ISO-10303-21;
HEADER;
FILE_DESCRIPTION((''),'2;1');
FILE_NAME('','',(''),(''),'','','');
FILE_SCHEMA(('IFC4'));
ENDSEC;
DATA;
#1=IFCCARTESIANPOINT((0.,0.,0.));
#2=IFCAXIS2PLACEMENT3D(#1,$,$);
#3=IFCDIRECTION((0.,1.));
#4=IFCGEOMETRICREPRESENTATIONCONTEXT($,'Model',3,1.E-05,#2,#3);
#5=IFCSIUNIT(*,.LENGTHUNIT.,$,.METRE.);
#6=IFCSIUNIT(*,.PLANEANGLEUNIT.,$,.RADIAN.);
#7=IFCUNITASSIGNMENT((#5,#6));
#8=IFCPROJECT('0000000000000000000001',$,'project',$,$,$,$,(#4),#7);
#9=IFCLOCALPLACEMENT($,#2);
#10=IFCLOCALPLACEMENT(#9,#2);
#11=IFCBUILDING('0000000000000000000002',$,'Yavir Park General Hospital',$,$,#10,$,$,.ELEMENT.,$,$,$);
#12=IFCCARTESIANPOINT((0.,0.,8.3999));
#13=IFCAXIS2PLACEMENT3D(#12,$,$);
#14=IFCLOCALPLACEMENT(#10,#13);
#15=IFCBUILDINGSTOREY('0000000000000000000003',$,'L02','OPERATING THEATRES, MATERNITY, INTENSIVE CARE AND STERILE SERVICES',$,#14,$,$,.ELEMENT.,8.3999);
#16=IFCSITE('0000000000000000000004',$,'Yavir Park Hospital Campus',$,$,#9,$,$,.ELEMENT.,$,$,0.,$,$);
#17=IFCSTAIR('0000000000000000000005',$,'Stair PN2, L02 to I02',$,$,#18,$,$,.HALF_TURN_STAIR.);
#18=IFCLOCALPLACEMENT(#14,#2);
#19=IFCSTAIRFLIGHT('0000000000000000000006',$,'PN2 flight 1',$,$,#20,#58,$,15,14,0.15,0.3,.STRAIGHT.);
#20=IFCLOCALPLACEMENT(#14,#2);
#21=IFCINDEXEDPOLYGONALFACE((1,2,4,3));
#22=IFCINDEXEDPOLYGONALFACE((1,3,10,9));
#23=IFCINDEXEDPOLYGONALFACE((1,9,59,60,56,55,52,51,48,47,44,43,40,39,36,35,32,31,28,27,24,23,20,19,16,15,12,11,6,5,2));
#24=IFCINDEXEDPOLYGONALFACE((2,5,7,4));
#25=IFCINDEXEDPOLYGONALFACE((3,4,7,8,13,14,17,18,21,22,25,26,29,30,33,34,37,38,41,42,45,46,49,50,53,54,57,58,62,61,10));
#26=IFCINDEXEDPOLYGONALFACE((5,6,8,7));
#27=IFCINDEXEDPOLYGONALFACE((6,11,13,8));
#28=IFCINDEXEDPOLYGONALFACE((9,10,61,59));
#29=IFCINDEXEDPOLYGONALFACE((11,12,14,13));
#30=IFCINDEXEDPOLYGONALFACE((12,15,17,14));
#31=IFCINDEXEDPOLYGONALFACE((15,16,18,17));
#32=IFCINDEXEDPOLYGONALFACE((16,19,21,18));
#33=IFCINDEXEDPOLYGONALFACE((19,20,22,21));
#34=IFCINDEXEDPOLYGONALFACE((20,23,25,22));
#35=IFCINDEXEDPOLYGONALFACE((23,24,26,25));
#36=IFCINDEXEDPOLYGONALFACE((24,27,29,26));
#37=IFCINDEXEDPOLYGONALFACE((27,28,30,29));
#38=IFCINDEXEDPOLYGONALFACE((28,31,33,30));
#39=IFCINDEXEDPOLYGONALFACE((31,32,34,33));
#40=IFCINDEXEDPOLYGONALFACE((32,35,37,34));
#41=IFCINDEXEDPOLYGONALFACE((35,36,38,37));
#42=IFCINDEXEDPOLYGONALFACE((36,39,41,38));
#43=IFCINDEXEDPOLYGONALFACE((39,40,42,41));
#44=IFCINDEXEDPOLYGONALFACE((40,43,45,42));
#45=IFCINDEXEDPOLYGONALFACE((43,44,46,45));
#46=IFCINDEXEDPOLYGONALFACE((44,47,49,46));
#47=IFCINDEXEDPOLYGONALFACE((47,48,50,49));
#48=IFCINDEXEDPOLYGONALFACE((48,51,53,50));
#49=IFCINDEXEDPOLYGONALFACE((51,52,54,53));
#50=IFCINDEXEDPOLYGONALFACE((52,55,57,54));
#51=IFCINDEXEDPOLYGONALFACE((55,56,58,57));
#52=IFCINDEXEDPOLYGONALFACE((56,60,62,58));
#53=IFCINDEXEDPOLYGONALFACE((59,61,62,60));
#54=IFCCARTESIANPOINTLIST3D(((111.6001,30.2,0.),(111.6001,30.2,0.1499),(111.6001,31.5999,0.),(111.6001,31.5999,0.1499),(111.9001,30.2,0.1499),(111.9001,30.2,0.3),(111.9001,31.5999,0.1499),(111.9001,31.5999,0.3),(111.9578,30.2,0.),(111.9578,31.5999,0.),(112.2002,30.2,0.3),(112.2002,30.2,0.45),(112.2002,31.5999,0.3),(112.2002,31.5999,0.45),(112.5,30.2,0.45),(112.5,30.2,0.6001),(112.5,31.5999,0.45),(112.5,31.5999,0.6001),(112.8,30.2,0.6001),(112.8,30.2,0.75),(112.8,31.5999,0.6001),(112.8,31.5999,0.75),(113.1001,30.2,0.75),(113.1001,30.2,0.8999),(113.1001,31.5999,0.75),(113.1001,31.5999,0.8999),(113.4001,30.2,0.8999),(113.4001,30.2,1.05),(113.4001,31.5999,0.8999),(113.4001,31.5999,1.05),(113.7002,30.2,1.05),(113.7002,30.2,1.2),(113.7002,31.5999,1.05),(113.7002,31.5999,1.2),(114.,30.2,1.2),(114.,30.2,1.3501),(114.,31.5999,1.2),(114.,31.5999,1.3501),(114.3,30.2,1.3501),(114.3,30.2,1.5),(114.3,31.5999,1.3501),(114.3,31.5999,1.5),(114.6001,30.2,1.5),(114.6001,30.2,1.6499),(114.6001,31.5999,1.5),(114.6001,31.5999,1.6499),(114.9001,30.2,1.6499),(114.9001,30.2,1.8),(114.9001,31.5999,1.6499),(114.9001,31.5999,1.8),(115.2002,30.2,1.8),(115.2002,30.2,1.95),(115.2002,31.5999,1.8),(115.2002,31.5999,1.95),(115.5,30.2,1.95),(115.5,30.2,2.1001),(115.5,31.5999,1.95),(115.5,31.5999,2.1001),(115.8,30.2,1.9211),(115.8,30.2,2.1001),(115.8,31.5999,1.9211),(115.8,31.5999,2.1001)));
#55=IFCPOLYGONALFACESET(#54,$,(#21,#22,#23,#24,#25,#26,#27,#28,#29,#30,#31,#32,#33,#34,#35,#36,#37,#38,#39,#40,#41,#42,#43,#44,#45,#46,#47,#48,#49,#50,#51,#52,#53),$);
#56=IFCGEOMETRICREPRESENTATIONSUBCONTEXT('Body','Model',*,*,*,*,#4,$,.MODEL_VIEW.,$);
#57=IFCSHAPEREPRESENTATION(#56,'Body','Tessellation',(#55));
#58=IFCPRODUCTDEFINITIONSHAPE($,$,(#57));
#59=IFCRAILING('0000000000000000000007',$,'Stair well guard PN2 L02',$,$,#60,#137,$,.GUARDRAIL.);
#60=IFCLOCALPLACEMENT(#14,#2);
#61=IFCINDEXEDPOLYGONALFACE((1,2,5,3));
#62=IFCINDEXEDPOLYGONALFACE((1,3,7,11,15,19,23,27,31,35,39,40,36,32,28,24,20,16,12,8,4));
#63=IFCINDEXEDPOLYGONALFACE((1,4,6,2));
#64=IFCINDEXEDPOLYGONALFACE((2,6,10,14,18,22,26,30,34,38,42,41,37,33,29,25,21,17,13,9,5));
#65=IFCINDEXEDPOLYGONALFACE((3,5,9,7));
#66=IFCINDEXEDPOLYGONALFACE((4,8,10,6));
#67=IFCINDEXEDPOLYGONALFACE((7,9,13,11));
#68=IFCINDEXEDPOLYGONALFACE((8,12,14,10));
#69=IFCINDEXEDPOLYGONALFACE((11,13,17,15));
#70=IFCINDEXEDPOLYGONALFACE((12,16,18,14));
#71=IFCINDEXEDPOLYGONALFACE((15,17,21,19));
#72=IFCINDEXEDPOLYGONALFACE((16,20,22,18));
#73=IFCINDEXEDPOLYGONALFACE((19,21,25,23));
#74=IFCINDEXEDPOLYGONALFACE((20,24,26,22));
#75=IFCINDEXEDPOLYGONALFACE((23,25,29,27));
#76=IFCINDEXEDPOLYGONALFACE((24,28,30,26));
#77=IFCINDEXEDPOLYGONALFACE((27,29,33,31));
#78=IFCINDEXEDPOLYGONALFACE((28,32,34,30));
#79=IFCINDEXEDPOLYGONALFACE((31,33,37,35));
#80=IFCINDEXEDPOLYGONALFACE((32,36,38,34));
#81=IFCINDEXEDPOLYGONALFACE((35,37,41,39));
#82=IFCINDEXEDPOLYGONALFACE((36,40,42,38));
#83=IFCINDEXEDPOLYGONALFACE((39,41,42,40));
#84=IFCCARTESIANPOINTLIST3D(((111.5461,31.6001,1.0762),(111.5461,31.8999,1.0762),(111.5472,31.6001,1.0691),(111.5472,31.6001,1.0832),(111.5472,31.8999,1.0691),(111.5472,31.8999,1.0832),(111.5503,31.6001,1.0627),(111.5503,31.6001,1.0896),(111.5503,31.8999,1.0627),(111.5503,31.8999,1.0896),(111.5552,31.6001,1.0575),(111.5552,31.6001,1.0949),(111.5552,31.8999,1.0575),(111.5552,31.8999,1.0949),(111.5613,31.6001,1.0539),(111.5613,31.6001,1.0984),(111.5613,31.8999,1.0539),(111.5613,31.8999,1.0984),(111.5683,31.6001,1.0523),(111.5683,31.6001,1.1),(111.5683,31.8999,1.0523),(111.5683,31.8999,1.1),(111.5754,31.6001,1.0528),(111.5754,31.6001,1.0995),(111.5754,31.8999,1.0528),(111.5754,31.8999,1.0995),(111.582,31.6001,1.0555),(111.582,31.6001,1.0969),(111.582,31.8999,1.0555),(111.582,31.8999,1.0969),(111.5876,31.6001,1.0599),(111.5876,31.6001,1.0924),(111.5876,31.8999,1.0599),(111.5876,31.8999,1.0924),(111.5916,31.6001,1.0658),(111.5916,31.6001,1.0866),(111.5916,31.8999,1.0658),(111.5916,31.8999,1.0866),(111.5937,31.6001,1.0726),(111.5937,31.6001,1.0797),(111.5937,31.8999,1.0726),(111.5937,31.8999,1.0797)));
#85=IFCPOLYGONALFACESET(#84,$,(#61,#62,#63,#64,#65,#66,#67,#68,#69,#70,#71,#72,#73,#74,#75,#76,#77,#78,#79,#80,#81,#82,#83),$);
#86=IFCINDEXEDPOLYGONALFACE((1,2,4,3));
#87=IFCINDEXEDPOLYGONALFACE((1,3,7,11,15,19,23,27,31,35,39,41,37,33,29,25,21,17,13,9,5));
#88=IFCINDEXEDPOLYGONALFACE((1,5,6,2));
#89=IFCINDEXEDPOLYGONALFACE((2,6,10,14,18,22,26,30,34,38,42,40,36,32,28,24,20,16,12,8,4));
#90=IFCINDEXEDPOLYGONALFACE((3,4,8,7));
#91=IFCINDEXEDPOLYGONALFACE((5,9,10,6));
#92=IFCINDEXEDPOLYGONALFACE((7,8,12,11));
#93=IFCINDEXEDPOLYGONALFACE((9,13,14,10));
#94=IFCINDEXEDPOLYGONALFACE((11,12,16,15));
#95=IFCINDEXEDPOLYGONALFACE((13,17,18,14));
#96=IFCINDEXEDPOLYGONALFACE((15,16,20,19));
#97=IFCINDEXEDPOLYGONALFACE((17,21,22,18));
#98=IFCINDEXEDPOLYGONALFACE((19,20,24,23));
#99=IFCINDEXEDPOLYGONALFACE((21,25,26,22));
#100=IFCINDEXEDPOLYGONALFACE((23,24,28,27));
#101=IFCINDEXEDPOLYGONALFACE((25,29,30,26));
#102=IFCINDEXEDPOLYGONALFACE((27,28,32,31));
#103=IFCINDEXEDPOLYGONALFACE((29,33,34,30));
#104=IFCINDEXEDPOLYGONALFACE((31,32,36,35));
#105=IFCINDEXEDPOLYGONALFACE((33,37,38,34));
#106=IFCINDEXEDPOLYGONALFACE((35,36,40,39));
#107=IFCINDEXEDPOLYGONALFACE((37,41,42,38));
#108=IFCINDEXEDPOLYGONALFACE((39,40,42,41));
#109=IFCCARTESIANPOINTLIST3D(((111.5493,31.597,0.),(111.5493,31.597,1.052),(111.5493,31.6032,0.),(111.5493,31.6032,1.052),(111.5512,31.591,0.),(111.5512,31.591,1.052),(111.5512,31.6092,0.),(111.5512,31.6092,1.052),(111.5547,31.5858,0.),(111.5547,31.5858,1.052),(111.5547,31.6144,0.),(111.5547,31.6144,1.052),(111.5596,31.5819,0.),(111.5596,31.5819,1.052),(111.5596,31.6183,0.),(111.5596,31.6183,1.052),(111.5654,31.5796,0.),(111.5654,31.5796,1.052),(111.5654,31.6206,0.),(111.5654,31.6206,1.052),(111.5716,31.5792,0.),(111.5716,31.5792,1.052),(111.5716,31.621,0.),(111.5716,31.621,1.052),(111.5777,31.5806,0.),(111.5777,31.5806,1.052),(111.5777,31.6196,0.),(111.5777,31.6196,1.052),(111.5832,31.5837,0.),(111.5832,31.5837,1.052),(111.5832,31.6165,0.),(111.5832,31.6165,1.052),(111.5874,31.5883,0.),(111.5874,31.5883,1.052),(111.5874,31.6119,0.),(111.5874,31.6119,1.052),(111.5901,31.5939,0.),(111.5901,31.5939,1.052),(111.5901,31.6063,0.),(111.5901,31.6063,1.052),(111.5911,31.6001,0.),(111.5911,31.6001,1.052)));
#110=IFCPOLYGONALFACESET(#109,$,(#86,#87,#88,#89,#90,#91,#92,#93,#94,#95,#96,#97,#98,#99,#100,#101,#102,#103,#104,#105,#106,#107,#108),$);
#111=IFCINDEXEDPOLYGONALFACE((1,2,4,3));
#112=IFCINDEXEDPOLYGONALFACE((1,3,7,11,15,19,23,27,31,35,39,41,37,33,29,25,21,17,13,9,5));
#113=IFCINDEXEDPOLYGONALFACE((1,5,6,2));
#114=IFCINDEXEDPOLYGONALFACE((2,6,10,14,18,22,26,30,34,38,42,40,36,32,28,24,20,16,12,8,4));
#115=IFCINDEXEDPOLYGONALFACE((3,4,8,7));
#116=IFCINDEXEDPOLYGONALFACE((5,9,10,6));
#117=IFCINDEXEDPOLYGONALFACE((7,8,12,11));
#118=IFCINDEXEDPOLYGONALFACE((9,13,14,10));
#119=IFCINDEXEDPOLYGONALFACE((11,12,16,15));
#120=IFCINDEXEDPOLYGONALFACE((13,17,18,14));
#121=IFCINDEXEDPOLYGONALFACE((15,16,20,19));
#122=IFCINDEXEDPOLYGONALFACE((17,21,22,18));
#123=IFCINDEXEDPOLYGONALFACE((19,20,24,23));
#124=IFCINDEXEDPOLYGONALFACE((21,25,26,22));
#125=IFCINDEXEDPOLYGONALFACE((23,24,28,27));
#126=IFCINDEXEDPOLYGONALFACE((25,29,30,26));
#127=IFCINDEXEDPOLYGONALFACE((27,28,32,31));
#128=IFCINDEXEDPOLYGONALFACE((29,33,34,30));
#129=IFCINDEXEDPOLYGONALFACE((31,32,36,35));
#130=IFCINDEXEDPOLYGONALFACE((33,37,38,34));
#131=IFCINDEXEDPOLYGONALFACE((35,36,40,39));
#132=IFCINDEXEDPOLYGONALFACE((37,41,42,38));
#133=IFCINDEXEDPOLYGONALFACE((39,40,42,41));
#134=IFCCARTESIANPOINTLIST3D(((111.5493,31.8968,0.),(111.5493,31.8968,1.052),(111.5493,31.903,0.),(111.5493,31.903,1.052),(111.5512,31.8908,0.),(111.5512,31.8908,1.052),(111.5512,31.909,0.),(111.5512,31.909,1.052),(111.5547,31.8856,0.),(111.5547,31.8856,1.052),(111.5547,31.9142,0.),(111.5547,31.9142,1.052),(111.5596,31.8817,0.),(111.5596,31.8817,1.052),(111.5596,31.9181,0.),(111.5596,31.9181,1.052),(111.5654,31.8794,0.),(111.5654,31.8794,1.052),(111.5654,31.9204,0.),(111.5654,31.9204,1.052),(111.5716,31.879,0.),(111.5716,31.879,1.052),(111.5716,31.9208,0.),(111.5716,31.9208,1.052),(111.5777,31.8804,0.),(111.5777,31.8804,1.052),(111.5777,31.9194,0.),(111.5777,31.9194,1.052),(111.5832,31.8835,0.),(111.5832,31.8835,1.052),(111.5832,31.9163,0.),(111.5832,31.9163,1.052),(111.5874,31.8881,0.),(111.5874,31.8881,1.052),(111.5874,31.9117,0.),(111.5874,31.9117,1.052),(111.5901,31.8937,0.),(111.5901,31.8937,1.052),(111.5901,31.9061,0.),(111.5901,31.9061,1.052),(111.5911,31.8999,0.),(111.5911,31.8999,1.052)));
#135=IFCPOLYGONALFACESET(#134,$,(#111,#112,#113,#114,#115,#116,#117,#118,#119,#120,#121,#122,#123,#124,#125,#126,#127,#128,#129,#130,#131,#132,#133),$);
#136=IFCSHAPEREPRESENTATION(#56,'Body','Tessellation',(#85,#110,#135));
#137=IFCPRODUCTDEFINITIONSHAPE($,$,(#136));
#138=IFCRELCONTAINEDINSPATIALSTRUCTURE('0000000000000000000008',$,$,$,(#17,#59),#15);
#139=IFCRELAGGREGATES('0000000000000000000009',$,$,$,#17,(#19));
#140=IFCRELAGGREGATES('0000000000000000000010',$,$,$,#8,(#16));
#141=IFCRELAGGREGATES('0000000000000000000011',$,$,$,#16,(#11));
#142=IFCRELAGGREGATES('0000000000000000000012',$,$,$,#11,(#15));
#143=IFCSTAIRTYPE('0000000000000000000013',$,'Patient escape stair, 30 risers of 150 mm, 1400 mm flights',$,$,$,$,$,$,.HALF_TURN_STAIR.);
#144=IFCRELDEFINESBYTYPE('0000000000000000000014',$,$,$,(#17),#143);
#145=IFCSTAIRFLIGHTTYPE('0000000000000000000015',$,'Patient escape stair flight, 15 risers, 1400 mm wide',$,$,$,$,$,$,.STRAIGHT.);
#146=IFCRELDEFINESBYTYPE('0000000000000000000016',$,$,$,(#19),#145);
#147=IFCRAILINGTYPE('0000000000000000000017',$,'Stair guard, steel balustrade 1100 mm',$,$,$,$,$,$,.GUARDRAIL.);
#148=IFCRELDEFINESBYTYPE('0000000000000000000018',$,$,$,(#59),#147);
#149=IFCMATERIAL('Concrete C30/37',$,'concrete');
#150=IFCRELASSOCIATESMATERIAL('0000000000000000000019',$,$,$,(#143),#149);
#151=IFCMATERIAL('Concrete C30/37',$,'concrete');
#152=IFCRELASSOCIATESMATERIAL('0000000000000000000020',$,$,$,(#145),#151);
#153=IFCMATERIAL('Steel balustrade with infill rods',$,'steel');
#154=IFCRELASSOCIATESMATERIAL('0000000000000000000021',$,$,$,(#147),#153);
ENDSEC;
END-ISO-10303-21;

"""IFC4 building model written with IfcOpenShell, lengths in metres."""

from ifc_helpers import new_model, si_unit, direction, frame, origin, origin_2d, place, context, subcontext, project, spatial, polyline, circle, outline, extrude, material, type_object, element, aggregate, save


model = new_model("IFC4")

# Units and contexts
model_context = context("Model", 3, precision=1e-05, world=origin(), true_north=direction((0.0, 1.0)))
body_context = subcontext(model_context, "Body", "Model", "MODEL_VIEW")
ifc_project = project(units=[si_unit("LENGTHUNIT", "METRE"), si_unit("PLANEANGLEUNIT", "RADIAN")], contexts=[model_context])

# Site, building, storey
site_placement = place(None, origin())
site = spatial("IfcSite", under=ifc_project, at=site_placement, Name="Yavir Park Hospital Campus", CompositionType="ELEMENT", RefElevation=0.0)
building_placement = place(site_placement, origin())
building = spatial("IfcBuilding", under=site, at=building_placement, Name="Yavir Park General Hospital", CompositionType="ELEMENT")
storey_placement = place(building_placement, frame((0.0, 0.0, 8.3999)))
storey = spatial("IfcBuildingStorey", under=building, at=storey_placement, Name="L02", Description="OPERATING THEATRES, MATERNITY, INTENSIVE CARE AND STERILE SERVICES", CompositionType="ELEMENT", Elevation=8.3999)

# Stair, stair flight
ifc_material_1 = material(Name="Concrete C30/37", Category="concrete")
stair_type = type_object("IfcStairType", Name="Patient escape stair, 30 risers of 150 mm, 1400 mm flights", PredefinedType="HALF_TURN_STAIR", material=ifc_material_1)
stair_placement = place(storey_placement, origin())
stair = element("IfcStair", 1, at=stair_placement, inside=storey, type_object=stair_type, Name="Stair PN2, L02 to I02", PredefinedType="HALF_TURN_STAIR")
ifc_material_2 = material(Name="Concrete C30/37", Category="concrete")
stair_flight_type = type_object("IfcStairFlightType", Name="Patient escape stair flight, 15 risers, 1400 mm wide", PredefinedType="STRAIGHT", material=ifc_material_2)
stair_flight_placement = place(storey_placement, frame((111.6001, 30.8999, 0.0), z_axis=(0.0, 0.0, 1.0), x_axis=(1.0, 0.0, 0.0)))
stair_flight = element("IfcStairFlight", 2, at=stair_flight_placement, type_object=stair_flight_type, Name="PN2 flight 1", NumberOfRisers=15, NumberOfTreads=14, PredefinedType="STRAIGHT", RiserHeight=0.15, TreadLength=0.3, context=body_context, shape_type="SweptSolid", body=[
    extrude(outline(polyline([(0.0, 0.0), (0.0, 0.1499), (0.3, 0.1499), (0.3, 0.3), (0.6001, 0.3), (0.6001, 0.45), (0.8999, 0.45), (0.8999, 0.6001), (1.2, 0.6001), (1.2, 0.75), (1.5, 0.75), (1.5, 0.8999), (1.8, 0.8999), (1.8, 1.05), (2.1001, 1.05), (2.1001, 1.2), (2.3999, 1.2), (2.3999, 1.3501), (2.7, 1.3501), (2.7, 1.5), (3.0, 1.5), (3.0, 1.6499), (3.3, 1.6499), (3.3, 1.8), (3.6001, 1.8), (3.6001, 1.95), (3.8999, 1.95), (3.8999, 2.1001), (4.2, 2.1001), (4.2, 2.25), (4.2, 1.9211), (0.3577, 0.0), (0.0, 0.0)])), frame((0.0, 0.7, 0.0), z_axis=(0.0, -1.0, 0.0), x_axis=(1.0, 0.0, 0.0)), (0.0, 0.0, 1.0), 1.3999),
])
aggregate(stair, [stair_flight])

# Railing
ifc_material_3 = material(Name="Steel balustrade with infill rods", Category="steel")
railing_type_1 = type_object("IfcRailingType", Name="Stair guard, steel balustrade 1100 mm", PredefinedType="GUARDRAIL", material=ifc_material_3)
railing_placement = place(storey_placement, frame((111.5701, 31.6001, 0.0)))
element("IfcRailing", 3, at=railing_placement, inside=storey, type_object=railing_type_1, Name="Stair well guard PN2 L02", PredefinedType="GUARDRAIL", context=body_context, shape_type="SweptSolid", body=[
    extrude(circle(Radius=0.0239, at=origin_2d()), frame((0.0, 0.0, 1.0762), z_axis=(0.0, 1.0, 0.0), x_axis=(-1.0, 0.0, 0.0)), (0.0, 0.0, 1.0), 0.2998),
    extrude(circle(Radius=0.021, at=origin_2d()), origin(), (0.0, 0.0, 1.0), 1.052),
    extrude(circle(Radius=0.021, at=origin_2d()), frame((0.0, 0.2998, 0.0)), (0.0, 0.0, 1.0), 1.052),
])

save(model, "model.ifc")
